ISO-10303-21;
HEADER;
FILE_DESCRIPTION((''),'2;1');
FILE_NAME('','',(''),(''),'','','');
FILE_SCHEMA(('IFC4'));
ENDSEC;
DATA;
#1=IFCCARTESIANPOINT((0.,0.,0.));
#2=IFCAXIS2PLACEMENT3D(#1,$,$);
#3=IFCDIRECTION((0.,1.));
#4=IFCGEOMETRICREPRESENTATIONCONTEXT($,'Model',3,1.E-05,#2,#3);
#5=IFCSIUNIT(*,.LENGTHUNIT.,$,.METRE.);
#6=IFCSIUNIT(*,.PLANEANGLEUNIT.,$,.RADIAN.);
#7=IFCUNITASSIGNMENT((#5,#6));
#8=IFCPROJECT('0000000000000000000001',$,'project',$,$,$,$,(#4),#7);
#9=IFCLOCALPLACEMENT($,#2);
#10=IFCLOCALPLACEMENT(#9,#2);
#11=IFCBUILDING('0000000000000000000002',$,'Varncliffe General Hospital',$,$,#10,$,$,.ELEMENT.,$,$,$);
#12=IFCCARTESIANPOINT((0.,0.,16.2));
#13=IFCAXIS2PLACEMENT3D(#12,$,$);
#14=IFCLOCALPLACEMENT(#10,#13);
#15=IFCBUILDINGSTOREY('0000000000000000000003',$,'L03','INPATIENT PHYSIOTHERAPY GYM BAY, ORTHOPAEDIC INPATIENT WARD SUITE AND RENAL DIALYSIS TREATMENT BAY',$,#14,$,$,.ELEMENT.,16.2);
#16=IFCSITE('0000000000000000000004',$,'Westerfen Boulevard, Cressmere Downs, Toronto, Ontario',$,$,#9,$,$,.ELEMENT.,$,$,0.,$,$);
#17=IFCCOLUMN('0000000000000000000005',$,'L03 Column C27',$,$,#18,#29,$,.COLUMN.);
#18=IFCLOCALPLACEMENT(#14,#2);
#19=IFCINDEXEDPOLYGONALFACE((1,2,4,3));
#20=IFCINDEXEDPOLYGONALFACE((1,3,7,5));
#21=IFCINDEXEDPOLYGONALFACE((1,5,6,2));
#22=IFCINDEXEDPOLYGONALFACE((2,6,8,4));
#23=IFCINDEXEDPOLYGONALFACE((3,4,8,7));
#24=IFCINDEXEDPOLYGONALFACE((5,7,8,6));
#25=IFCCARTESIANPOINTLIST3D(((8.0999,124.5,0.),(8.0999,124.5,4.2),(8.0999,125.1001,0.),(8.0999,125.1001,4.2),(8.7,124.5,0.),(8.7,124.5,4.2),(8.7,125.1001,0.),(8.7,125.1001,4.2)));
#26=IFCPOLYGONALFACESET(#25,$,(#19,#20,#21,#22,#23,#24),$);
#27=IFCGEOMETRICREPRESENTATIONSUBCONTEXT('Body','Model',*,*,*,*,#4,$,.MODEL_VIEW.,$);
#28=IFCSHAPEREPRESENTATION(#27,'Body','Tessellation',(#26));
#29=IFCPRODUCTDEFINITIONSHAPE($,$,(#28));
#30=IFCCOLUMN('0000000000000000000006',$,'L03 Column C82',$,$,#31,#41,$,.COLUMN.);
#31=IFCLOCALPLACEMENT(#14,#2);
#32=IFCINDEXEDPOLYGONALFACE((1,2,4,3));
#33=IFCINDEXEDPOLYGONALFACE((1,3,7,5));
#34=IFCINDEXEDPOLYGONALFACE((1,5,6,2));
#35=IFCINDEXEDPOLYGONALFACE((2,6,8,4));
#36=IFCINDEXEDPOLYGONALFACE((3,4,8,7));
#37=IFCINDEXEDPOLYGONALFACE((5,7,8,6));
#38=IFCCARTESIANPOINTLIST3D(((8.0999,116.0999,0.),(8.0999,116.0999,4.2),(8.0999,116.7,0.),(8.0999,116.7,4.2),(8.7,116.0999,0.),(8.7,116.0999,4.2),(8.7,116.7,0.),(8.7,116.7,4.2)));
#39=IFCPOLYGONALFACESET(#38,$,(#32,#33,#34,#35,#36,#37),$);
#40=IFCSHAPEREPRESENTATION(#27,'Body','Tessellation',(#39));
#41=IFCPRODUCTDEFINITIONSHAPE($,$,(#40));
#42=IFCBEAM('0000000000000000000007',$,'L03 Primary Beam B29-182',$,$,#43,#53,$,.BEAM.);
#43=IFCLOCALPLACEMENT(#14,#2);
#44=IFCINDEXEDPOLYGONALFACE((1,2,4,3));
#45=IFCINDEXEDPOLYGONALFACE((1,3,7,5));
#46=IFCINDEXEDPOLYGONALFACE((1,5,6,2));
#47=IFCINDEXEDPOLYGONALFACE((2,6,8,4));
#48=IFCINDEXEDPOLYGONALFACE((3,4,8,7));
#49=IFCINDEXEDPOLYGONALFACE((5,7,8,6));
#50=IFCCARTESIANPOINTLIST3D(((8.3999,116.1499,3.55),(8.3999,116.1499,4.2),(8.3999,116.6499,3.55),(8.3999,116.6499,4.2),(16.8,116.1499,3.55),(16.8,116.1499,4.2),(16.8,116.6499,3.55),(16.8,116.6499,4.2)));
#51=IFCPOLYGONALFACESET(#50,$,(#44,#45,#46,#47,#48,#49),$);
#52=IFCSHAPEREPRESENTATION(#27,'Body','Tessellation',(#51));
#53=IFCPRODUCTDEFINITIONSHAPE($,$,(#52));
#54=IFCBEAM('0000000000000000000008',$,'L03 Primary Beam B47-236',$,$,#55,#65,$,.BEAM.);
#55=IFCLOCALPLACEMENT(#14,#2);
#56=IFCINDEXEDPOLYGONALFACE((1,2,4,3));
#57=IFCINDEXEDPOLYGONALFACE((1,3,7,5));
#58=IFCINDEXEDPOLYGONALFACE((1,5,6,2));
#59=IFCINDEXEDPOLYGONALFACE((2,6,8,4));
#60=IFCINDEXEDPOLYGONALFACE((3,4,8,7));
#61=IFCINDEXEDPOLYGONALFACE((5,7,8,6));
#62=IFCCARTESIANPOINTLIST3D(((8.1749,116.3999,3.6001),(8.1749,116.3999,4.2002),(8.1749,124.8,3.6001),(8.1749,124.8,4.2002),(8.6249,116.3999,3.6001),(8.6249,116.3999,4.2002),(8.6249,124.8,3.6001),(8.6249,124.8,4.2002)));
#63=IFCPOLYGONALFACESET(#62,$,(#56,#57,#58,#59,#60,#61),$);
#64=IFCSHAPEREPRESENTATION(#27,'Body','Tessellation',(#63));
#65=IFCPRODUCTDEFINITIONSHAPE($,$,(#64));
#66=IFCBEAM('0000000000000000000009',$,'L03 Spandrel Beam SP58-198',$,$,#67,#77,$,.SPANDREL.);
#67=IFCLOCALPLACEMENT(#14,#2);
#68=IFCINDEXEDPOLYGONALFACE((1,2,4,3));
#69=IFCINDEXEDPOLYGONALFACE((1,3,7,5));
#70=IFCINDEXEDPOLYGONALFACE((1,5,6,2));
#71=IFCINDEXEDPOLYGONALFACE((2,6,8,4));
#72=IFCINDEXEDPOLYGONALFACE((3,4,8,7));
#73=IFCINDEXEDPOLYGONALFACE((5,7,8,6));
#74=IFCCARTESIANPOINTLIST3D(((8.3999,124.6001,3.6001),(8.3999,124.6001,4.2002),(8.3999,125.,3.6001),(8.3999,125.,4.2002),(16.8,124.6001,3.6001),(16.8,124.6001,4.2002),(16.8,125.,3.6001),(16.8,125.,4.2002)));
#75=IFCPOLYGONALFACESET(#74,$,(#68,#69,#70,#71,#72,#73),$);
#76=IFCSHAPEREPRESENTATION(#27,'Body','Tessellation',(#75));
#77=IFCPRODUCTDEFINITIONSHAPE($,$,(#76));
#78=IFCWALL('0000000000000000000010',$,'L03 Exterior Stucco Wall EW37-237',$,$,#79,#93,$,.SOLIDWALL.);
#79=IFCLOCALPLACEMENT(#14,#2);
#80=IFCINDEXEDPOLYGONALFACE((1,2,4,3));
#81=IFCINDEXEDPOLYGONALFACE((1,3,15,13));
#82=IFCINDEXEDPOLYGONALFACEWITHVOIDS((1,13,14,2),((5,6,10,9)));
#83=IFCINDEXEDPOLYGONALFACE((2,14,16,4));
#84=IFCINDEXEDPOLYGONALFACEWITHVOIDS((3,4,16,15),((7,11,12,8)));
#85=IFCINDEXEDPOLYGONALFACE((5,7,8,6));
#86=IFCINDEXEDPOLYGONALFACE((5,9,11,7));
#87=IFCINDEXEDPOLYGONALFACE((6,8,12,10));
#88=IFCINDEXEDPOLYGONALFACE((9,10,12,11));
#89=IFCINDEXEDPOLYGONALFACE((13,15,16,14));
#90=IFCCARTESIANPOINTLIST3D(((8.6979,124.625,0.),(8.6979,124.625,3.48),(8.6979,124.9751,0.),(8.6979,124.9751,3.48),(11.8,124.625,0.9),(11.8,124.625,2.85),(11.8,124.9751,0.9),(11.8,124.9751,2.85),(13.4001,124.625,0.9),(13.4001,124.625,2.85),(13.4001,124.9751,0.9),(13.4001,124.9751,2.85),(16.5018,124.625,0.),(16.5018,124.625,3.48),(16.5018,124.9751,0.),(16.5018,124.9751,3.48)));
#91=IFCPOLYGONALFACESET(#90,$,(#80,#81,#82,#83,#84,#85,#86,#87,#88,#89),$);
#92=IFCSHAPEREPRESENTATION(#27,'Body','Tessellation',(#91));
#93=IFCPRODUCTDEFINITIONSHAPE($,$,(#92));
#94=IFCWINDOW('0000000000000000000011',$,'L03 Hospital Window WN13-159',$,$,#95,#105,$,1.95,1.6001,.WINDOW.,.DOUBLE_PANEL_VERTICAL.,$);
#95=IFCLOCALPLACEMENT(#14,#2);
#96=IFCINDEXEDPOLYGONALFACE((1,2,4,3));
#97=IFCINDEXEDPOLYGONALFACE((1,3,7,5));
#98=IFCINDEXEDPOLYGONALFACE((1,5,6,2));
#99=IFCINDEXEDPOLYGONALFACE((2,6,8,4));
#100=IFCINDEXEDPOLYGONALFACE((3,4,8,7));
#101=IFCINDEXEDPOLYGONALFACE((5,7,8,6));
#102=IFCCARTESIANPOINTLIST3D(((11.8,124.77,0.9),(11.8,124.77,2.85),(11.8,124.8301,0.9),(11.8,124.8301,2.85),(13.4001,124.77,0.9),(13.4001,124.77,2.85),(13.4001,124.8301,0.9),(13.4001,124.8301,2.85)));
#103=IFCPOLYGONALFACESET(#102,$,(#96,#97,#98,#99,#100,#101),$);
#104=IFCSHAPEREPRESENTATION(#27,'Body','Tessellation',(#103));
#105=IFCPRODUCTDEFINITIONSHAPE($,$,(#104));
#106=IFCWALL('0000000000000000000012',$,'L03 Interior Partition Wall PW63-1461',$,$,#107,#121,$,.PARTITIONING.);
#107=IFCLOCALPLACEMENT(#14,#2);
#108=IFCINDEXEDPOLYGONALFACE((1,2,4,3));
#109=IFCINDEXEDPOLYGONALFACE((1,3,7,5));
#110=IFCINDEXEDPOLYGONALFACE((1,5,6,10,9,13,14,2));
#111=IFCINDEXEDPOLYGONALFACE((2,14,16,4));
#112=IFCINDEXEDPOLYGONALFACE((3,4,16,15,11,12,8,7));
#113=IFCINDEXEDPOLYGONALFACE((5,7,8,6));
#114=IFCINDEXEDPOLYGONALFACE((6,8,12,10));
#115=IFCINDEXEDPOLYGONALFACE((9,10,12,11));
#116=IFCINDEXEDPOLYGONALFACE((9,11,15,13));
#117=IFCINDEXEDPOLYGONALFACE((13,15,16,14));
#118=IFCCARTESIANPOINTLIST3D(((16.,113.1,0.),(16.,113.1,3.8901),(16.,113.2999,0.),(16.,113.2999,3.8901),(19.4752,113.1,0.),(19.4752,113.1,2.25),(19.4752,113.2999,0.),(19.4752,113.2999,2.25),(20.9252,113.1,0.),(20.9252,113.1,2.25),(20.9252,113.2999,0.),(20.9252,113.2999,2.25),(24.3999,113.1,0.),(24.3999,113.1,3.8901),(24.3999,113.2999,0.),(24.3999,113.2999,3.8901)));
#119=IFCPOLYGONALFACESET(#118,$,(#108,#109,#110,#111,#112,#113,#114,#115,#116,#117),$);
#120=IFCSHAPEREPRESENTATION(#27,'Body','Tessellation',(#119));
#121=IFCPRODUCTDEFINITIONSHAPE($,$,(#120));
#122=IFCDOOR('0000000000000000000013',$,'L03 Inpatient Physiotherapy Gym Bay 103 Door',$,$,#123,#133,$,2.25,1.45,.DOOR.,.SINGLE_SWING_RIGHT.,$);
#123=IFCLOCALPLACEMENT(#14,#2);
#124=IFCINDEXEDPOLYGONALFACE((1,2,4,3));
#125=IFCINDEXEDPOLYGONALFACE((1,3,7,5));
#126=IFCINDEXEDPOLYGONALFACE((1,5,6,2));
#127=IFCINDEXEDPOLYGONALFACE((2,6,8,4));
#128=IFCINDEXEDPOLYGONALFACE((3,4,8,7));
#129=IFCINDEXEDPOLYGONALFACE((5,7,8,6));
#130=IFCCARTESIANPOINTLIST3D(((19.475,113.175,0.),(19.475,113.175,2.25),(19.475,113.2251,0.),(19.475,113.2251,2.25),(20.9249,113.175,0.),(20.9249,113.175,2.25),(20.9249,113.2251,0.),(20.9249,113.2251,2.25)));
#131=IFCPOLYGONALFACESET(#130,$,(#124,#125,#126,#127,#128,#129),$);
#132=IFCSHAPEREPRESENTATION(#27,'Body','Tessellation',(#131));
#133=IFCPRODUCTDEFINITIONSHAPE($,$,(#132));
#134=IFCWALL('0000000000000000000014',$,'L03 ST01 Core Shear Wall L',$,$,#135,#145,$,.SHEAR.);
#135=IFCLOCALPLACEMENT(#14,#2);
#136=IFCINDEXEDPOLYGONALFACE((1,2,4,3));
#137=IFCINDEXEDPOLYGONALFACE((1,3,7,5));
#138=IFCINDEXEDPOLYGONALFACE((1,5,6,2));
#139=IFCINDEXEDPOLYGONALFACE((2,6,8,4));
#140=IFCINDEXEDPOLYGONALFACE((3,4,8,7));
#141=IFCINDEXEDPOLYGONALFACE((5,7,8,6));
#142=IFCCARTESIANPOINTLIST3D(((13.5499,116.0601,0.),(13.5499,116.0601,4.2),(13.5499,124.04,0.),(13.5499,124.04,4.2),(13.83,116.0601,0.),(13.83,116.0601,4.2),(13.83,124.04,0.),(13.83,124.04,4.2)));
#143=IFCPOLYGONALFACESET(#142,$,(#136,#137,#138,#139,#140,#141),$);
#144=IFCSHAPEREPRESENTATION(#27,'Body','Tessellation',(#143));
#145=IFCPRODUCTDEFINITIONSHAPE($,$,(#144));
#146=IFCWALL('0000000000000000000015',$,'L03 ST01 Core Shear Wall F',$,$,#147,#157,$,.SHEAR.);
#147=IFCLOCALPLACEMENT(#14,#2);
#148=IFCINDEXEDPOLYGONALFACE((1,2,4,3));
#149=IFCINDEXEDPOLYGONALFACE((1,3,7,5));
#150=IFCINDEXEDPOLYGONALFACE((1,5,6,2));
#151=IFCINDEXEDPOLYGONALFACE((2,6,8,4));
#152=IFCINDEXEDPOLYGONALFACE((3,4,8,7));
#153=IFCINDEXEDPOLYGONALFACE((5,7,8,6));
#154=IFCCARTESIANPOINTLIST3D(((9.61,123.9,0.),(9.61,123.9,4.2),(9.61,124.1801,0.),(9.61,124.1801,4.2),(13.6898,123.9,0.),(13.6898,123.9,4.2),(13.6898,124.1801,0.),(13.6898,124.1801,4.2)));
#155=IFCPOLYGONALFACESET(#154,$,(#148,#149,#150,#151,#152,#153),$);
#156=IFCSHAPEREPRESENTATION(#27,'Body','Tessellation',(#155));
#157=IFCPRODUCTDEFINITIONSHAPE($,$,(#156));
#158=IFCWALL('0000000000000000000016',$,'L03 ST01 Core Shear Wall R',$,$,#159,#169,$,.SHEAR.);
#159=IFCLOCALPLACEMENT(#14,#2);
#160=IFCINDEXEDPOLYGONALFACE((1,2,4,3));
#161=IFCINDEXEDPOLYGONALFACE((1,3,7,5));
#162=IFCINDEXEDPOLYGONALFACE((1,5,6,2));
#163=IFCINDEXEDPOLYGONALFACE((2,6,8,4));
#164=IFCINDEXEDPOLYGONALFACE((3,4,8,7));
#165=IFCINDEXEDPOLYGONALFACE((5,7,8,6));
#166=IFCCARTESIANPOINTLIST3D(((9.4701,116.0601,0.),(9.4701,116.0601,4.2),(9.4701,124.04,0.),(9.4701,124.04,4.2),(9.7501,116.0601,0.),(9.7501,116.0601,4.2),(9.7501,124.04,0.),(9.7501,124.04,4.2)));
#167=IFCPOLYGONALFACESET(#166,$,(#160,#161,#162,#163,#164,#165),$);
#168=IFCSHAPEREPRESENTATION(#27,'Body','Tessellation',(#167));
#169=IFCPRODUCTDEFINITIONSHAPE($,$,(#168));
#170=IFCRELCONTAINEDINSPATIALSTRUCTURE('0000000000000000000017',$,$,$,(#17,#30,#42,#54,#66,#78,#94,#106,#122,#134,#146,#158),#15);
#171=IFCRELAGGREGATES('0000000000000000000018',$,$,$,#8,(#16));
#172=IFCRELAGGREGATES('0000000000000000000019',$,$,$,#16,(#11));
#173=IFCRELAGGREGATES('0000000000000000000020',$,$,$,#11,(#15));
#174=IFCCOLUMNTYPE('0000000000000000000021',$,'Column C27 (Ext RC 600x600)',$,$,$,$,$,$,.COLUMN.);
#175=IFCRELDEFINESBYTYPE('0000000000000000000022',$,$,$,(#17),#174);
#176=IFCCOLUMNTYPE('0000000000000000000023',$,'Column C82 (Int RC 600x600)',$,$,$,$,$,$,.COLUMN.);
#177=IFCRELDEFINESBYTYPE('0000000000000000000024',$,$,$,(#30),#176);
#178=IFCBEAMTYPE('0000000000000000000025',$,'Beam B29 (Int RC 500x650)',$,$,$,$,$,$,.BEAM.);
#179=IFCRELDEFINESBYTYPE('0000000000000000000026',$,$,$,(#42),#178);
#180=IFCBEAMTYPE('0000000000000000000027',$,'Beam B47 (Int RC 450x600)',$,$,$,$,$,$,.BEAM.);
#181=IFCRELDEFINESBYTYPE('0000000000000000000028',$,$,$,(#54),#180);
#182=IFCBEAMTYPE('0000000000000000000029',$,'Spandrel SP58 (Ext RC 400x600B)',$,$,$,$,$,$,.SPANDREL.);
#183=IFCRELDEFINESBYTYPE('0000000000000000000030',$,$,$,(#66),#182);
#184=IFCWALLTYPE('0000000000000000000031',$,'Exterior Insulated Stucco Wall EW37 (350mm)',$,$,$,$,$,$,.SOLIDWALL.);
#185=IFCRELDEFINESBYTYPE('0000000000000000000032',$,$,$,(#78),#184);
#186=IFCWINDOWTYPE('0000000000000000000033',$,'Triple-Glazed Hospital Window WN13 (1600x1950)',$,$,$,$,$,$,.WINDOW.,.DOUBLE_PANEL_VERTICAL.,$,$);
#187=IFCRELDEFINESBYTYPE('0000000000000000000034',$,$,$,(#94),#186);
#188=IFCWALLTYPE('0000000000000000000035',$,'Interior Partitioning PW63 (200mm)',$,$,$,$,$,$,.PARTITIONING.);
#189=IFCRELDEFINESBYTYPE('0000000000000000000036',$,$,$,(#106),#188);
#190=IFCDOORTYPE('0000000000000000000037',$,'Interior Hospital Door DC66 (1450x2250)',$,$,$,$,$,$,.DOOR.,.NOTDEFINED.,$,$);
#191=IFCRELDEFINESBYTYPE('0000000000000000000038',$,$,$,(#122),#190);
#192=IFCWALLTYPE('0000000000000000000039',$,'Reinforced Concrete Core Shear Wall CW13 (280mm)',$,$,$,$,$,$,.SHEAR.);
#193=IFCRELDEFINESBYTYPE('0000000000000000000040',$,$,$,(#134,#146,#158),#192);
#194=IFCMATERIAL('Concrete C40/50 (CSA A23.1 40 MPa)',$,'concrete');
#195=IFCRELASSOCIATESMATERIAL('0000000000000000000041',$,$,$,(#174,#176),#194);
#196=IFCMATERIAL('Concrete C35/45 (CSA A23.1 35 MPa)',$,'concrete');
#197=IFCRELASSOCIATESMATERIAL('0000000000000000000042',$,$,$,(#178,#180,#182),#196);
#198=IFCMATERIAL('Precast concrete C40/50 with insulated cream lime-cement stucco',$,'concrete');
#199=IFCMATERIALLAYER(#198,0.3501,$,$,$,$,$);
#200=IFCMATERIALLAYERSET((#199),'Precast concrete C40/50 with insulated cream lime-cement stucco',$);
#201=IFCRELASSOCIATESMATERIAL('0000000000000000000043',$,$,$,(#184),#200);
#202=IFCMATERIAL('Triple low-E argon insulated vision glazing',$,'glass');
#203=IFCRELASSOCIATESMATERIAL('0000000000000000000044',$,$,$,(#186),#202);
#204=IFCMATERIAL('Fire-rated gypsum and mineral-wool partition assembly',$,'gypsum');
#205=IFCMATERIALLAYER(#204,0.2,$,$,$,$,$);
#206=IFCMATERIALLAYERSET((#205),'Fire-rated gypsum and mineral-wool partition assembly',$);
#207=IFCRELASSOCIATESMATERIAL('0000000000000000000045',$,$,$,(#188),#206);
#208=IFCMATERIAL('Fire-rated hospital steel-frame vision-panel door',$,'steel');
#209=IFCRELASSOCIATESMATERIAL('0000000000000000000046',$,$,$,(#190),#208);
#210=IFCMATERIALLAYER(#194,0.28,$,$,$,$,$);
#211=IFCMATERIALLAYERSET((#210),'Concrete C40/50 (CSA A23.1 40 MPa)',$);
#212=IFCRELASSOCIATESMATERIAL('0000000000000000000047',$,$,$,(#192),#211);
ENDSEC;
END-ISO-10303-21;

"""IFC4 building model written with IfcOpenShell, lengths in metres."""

from ifc_helpers import new_model, si_unit, direction, frame, frame_2d, origin, origin_2d, place, context, subcontext, project, spatial, rectangle, extrude, material, layer, layer_set, material_profile, profile_set, type_object, element, fill, save


model = new_model("IFC4")

# Units and contexts
model_context = context("Model", 3, precision=1e-05, world=origin(), true_north=direction((0.0, 1.0)))
body_context = subcontext(model_context, "Body", "Model", "MODEL_VIEW")
ifc_project = project(units=[si_unit("LENGTHUNIT", "METRE"), si_unit("PLANEANGLEUNIT", "RADIAN")], contexts=[model_context])

# Site, building, storey
site_placement = place(None, origin())
site = spatial("IfcSite", under=ifc_project, at=site_placement, Name="Westerfen Boulevard, Cressmere Downs, Toronto, Ontario", CompositionType="ELEMENT", RefElevation=0.0)
building_placement = place(site_placement, origin())
building = spatial("IfcBuilding", under=site, at=building_placement, Name="Varncliffe General Hospital", CompositionType="ELEMENT")
storey_placement = place(building_placement, frame((0.0, 0.0, 16.2)))
storey = spatial("IfcBuildingStorey", under=building, at=storey_placement, Name="L03", Description="INPATIENT PHYSIOTHERAPY GYM BAY, ORTHOPAEDIC INPATIENT WARD SUITE AND RENAL DIALYSIS TREATMENT BAY", CompositionType="ELEMENT", Elevation=16.2)

# Columns
ifc_material_1 = material(Name="Concrete C40/50 (CSA A23.1 40 MPa)", Category="concrete")
ifc_material_profile_1 = material_profile(ifc_material_1, rectangle(XDim=0.6001, YDim=0.6001, at=origin_2d()), Name="RC 600x600")
ifc_profile_set_1 = profile_set([ifc_material_profile_1], Name="Concrete C40/50 (CSA A23.1 40 MPa)")
column_type_1 = type_object("IfcColumnType", Name="Column C27 (Ext RC 600x600)", PredefinedType="COLUMN", material=ifc_profile_set_1)
column_1_placement = place(storey_placement, frame((8.3999, 124.8, 0.0), z_axis=(0.0, 0.0, 1.0), x_axis=(1.0, 0.0, 0.0)))
element("IfcColumn", 1, at=column_1_placement, inside=storey, type_object=column_type_1, Name="L03 Column C27", PredefinedType="COLUMN", context=body_context, shape_type="SweptSolid", body=[
    extrude(rectangle(XDim=0.6001, YDim=0.6001, at=origin_2d()), origin(), (0.0, 0.0, 1.0), 4.2),
])
ifc_material_profile_2 = material_profile(ifc_material_1, rectangle(XDim=0.6001, YDim=0.6001, at=origin_2d()), Name="RC 600x600")
ifc_profile_set_2 = profile_set([ifc_material_profile_2], Name="Concrete C40/50 (CSA A23.1 40 MPa)")
column_type_2 = type_object("IfcColumnType", Name="Column C82 (Int RC 600x600)", PredefinedType="COLUMN", material=ifc_profile_set_2)
column_2_placement = place(storey_placement, frame((8.3999, 116.3999, 0.0), z_axis=(0.0, 0.0, 1.0), x_axis=(1.0, 0.0, 0.0)))
element("IfcColumn", 2, at=column_2_placement, inside=storey, type_object=column_type_2, Name="L03 Column C82", PredefinedType="COLUMN", context=body_context, shape_type="SweptSolid", body=[
    extrude(rectangle(XDim=0.6001, YDim=0.6001, at=origin_2d()), origin(), (0.0, 0.0, 1.0), 4.2),
])

# Beams
ifc_material_2 = material(Name="Concrete C35/45 (CSA A23.1 35 MPa)", Category="concrete")
ifc_material_profile_3 = material_profile(ifc_material_2, rectangle(XDim=0.5, YDim=0.6499, at=origin_2d()), Name="RC 500x650")
ifc_profile_set_3 = profile_set([ifc_material_profile_3], Name="Concrete C35/45 (CSA A23.1 35 MPa)")
beam_type_1 = type_object("IfcBeamType", Name="Beam B29 (Int RC 500x650)", PredefinedType="BEAM", material=ifc_profile_set_3)
beam_1_placement = place(storey_placement, frame((8.3999, 116.3999, 3.875), z_axis=(1.0, 0.0, 0.0), x_axis=(0.0, 1.0, 0.0)))
element("IfcBeam", 3, at=beam_1_placement, inside=storey, type_object=beam_type_1, Name="L03 Primary Beam B29-182", PredefinedType="BEAM", context=body_context, shape_type="SweptSolid", body=[
    extrude(rectangle(XDim=0.5, YDim=0.6499, at=origin_2d()), origin(), (0.0, 0.0, 1.0), 8.4001),
])
ifc_material_profile_4 = material_profile(ifc_material_2, rectangle(XDim=0.45, YDim=0.6001, at=origin_2d()), Name="RC 450x600")
ifc_profile_set_4 = profile_set([ifc_material_profile_4], Name="Concrete C35/45 (CSA A23.1 35 MPa)")
beam_type_2 = type_object("IfcBeamType", Name="Beam B47 (Int RC 450x600)", PredefinedType="BEAM", material=ifc_profile_set_4)
beam_2_placement = place(storey_placement, frame((8.3999, 116.3999, 3.9001), z_axis=(0.0, 1.0, 0.0), x_axis=(-1.0, 0.0, 0.0)))
element("IfcBeam", 4, at=beam_2_placement, inside=storey, type_object=beam_type_2, Name="L03 Primary Beam B47-236", PredefinedType="BEAM", context=body_context, shape_type="SweptSolid", body=[
    extrude(rectangle(XDim=0.45, YDim=0.6001, at=origin_2d()), origin(), (0.0, 0.0, 1.0), 8.4001),
])
ifc_material_profile_5 = material_profile(ifc_material_2, rectangle(XDim=0.3999, YDim=0.6001, at=origin_2d()), Name="RC 400x600")
ifc_profile_set_5 = profile_set([ifc_material_profile_5], Name="Concrete C35/45 (CSA A23.1 35 MPa)")
beam_type_3 = type_object("IfcBeamType", Name="Spandrel SP58 (Ext RC 400x600B)", PredefinedType="SPANDREL", material=ifc_profile_set_5)
beam_3_placement = place(storey_placement, frame((8.3999, 124.8, 3.9001), z_axis=(1.0, 0.0, 0.0), x_axis=(0.0, 1.0, 0.0)))
element("IfcBeam", 5, at=beam_3_placement, inside=storey, type_object=beam_type_3, Name="L03 Spandrel Beam SP58-198", PredefinedType="SPANDREL", context=body_context, shape_type="SweptSolid", body=[
    extrude(rectangle(XDim=0.3999, YDim=0.6001, at=origin_2d()), origin(), (0.0, 0.0, 1.0), 8.4001),
])

# Wall, opening, window
ifc_material_3 = material(Name="Precast concrete C40/50 with insulated cream lime-cement stucco", Category="concrete")
ifc_layer_1 = layer(ifc_material_3, 0.3501)
ifc_layer_set_1 = layer_set([ifc_layer_1], Name="Precast concrete C40/50 with insulated cream lime-cement stucco")
wall_type_1 = type_object("IfcWallType", Name="Exterior Insulated Stucco Wall EW37 (350mm)", PredefinedType="SOLIDWALL", material=ifc_layer_set_1)
wall_1_placement = place(storey_placement, frame((8.698, 124.8, 0.0), z_axis=(0.0, 0.0, 1.0), x_axis=(1.0, 0.0, 0.0)))
wall_1 = element("IfcWall", 6, at=wall_1_placement, inside=storey, type_object=wall_type_1, Name="L03 Exterior Stucco Wall EW37-237", PredefinedType="SOLIDWALL", context=body_context, shape_type="SweptSolid", body=[
    extrude(rectangle(XDim=7.804, YDim=0.3501, at=frame_2d((3.9019, 0.0))), origin(), (0.0, 0.0, 1.0), 3.48),
])
opening_1_placement = place(wall_1_placement, frame((3.1021, 0.0, 0.8999)))
opening_1 = element("IfcOpeningElement", 7, at=opening_1_placement, cuts=wall_1, PredefinedType="OPENING", context=body_context, shape_type="SweptSolid", body=[
    extrude(rectangle(XDim=1.6001, YDim=1.95, at=frame_2d((0.8, 0.9751))), frame((0.0, 0.1851, 0.0), z_axis=(0.0, -1.0, 0.0), x_axis=(1.0, 0.0, 0.0)), (0.0, 0.0, 1.0), 0.3701),
])
ifc_material_4 = material(Name="Triple low-E argon insulated vision glazing", Category="glass")
window_type = type_object("IfcWindowType", Name="Triple-Glazed Hospital Window WN13 (1600x1950)", PartitioningType="DOUBLE_PANEL_VERTICAL", PredefinedType="WINDOW", material=ifc_material_4)
window_placement = place(opening_1_placement, origin())
window = element("IfcWindow", 8, at=window_placement, inside=storey, type_object=window_type, Name="L03 Hospital Window WN13-159", OverallHeight=1.95, OverallWidth=1.6001, PartitioningType="DOUBLE_PANEL_VERTICAL", PredefinedType="WINDOW", context=body_context, shape_type="SweptSolid", body=[
    extrude(rectangle(XDim=1.6001, YDim=1.95, at=frame_2d((0.8, 0.9751))), frame((0.0, 0.03, 0.0), z_axis=(0.0, -1.0, 0.0), x_axis=(1.0, 0.0, 0.0)), (0.0, 0.0, 1.0), 0.0601),
])
fill(opening_1, window)

# Wall, opening, door
ifc_material_5 = material(Name="Fire-rated gypsum and mineral-wool partition assembly", Category="gypsum")
ifc_layer_2 = layer(ifc_material_5, 0.2)
ifc_layer_set_2 = layer_set([ifc_layer_2], Name="Fire-rated gypsum and mineral-wool partition assembly")
wall_type_2 = type_object("IfcWallType", Name="Interior Partitioning PW63 (200mm)", PredefinedType="PARTITIONING", material=ifc_layer_set_2)
wall_2_placement = place(storey_placement, frame((16.0, 113.2, 0.0), z_axis=(0.0, 0.0, 1.0), x_axis=(1.0, 0.0, 0.0)))
wall_2 = element("IfcWall", 9, at=wall_2_placement, inside=storey, type_object=wall_type_2, Name="L03 Interior Partition Wall PW63-1461", PredefinedType="PARTITIONING", context=body_context, shape_type="SweptSolid", body=[
    extrude(rectangle(XDim=8.3999, YDim=0.2, at=frame_2d((4.2, 0.0))), origin(), (0.0, 0.0, 1.0), 3.8901),
])
opening_2_placement = place(wall_2_placement, frame((3.4751, 0.0, 0.0)))
opening_2 = element("IfcOpeningElement", 10, at=opening_2_placement, cuts=wall_2, PredefinedType="OPENING", context=body_context, shape_type="SweptSolid", body=[
    extrude(rectangle(XDim=1.45, YDim=2.25, at=frame_2d((0.7251, 1.125))), frame((0.0, 0.1099, 0.0), z_axis=(0.0, -1.0, 0.0), x_axis=(1.0, 0.0, 0.0)), (0.0, 0.0, 1.0), 0.22),
])
ifc_material_6 = material(Name="Fire-rated hospital steel-frame vision-panel door", Category="steel")
door_type_1 = type_object("IfcDoorType", Name="Interior Hospital Door DC66 (1450x2250)", OperationType="NOTDEFINED", PredefinedType="DOOR", material=ifc_material_6)
door_1_placement = place(opening_2_placement, frame((1.45, 0.0, 0.0), z_axis=(0.0, 0.0, 1.0), x_axis=(-1.0, 0.0, 0.0)))
door_1 = element("IfcDoor", 11, at=door_1_placement, inside=storey, type_object=door_type_1, Name="L03 Inpatient Physiotherapy Gym Bay 103 Door", OperationType="SINGLE_SWING_RIGHT", OverallHeight=2.25, OverallWidth=1.45, PredefinedType="DOOR", context=body_context, shape_type="SweptSolid", body=[
    extrude(rectangle(XDim=1.45, YDim=2.25, at=frame_2d((0.7251, 1.125))), frame((0.0, 0.0249, 0.0), z_axis=(0.0, -1.0, 0.0), x_axis=(1.0, 0.0, 0.0)), (0.0, 0.0, 1.0), 0.05),
])
fill(opening_2, door_1)

# Walls
ifc_layer_3 = layer(ifc_material_1, 0.28)
ifc_layer_set_3 = layer_set([ifc_layer_3], Name="Concrete C40/50 (CSA A23.1 40 MPa)")
wall_type_3 = type_object("IfcWallType", Name="Reinforced Concrete Core Shear Wall CW13 (280mm)", PredefinedType="SHEAR", material=ifc_layer_set_3)
wall_3_placement = place(storey_placement, frame((13.6899, 116.0601, 0.0), z_axis=(0.0, 0.0, 1.0), x_axis=(0.0, 1.0, 0.0)))
element("IfcWall", 12, at=wall_3_placement, inside=storey, type_object=wall_type_3, Name="L03 ST01 Core Shear Wall L", PredefinedType="SHEAR", context=body_context, shape_type="SweptSolid", body=[
    extrude(rectangle(XDim=7.98, YDim=0.28, at=frame_2d((3.99, 0.0))), origin(), (0.0, 0.0, 1.0), 4.2),
])
wall_4_placement = place(storey_placement, frame((13.6899, 124.04, 0.0), z_axis=(0.0, 0.0, 1.0), x_axis=(-1.0, 0.0, 0.0)))
element("IfcWall", 13, at=wall_4_placement, inside=storey, type_object=wall_type_3, Name="L03 ST01 Core Shear Wall F", PredefinedType="SHEAR", context=body_context, shape_type="SweptSolid", body=[
    extrude(rectangle(XDim=4.0798, YDim=0.28, at=frame_2d((2.04, 0.0))), origin(), (0.0, 0.0, 1.0), 4.2),
])
wall_5_placement = place(storey_placement, frame((9.6101, 124.04, 0.0), z_axis=(0.0, 0.0, 1.0), x_axis=(0.0, -1.0, 0.0)))
element("IfcWall", 14, at=wall_5_placement, inside=storey, type_object=wall_type_3, Name="L03 ST01 Core Shear Wall R", PredefinedType="SHEAR", context=body_context, shape_type="SweptSolid", body=[
    extrude(rectangle(XDim=7.98, YDim=0.28, at=frame_2d((3.99, 0.0))), origin(), (0.0, 0.0, 1.0), 4.2),
])

save(model, "model.ifc")
